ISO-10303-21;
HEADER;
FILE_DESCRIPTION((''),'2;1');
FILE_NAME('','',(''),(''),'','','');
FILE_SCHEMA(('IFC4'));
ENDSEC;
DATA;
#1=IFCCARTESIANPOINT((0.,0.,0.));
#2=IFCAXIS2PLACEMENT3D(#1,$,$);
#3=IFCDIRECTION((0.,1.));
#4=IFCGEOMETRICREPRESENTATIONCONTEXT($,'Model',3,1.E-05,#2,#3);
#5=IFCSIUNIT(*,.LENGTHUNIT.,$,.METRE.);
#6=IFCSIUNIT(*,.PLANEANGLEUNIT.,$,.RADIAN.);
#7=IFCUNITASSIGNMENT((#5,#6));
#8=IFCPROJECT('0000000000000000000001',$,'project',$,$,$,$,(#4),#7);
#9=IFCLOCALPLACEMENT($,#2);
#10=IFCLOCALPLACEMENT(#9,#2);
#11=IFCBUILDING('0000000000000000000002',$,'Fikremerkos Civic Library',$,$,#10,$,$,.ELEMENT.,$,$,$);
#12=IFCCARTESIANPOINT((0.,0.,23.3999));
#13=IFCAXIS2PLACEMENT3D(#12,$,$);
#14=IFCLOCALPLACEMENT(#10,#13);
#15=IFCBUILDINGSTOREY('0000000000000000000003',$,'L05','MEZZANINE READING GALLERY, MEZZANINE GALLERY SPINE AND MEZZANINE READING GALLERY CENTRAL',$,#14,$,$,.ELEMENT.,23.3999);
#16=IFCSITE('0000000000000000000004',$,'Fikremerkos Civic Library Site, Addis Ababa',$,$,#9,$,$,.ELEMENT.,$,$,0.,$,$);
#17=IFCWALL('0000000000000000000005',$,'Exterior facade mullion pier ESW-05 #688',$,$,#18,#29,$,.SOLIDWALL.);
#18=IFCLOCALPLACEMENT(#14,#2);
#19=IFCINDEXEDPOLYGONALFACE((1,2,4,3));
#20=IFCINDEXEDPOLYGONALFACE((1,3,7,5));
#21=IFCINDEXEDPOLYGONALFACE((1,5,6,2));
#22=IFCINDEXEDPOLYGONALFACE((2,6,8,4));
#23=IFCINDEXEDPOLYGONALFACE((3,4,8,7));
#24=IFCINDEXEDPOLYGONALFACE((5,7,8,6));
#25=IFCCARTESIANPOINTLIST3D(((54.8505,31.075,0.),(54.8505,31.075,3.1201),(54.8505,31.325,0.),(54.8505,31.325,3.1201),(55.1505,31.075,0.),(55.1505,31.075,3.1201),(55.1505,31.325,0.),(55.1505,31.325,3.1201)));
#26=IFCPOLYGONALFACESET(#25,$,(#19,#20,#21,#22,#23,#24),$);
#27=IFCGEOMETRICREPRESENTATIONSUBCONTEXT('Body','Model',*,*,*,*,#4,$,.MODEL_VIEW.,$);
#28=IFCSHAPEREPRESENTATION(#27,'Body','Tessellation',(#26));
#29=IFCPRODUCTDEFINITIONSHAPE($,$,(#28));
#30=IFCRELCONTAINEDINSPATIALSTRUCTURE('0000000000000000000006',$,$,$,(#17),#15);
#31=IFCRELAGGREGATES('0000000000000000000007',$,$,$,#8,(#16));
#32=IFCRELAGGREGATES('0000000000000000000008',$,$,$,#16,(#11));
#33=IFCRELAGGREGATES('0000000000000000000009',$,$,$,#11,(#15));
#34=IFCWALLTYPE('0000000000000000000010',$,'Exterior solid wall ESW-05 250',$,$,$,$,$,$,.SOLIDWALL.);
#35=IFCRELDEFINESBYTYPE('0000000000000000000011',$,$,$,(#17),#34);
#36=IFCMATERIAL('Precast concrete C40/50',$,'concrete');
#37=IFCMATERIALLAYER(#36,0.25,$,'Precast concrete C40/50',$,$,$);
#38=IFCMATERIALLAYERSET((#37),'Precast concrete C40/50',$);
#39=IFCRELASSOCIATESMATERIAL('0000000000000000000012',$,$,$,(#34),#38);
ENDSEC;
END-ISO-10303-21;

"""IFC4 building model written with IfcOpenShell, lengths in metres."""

from ifc_helpers import new_model, si_unit, direction, frame, frame_2d, origin, place, context, subcontext, project, spatial, rectangle, extrude, material, layer, layer_set, type_object, element, save


model = new_model("IFC4")

# Units and contexts
model_context = context("Model", 3, precision=1e-05, world=origin(), true_north=direction((0.0, 1.0)))
body_context = subcontext(model_context, "Body", "Model", "MODEL_VIEW")
ifc_project = project(units=[si_unit("LENGTHUNIT", "METRE"), si_unit("PLANEANGLEUNIT", "RADIAN")], contexts=[model_context])

# Site, building, storey
site_placement = place(None, origin())
site = spatial("IfcSite", under=ifc_project, at=site_placement, Name="Fikremerkos Civic Library Site, Addis Ababa", CompositionType="ELEMENT", RefElevation=0.0)
building_placement = place(site_placement, origin())
building = spatial("IfcBuilding", under=site, at=building_placement, Name="Fikremerkos Civic Library", CompositionType="ELEMENT")
storey_placement = place(building_placement, frame((0.0, 0.0, 23.3999)))
storey = spatial("IfcBuildingStorey", under=building, at=storey_placement, Name="L05", Description="MEZZANINE READING GALLERY, MEZZANINE GALLERY SPINE AND MEZZANINE READING GALLERY CENTRAL", CompositionType="ELEMENT", Elevation=23.3999)

# Wall
ifc_material_1 = material(Name="Precast concrete C40/50", Category="concrete")
ifc_layer_1 = layer(ifc_material_1, 0.25, Name="Precast concrete C40/50")
ifc_layer_set_1 = layer_set([ifc_layer_1], Name="Precast concrete C40/50")
wall_type_1 = type_object("IfcWallType", Name="Exterior solid wall ESW-05 250", PredefinedType="SOLIDWALL", material=ifc_layer_set_1)
wall_1_placement = place(storey_placement, frame((54.8506, 31.2, 0.0), z_axis=(0.0, 0.0, 1.0), x_axis=(1.0, 0.0, 0.0)))
element("IfcWall", 1, at=wall_1_placement, inside=storey, type_object=wall_type_1, Name="Exterior facade mullion pier ESW-05 #688", PredefinedType="SOLIDWALL", context=body_context, shape_type="SweptSolid", body=[
    extrude(rectangle(XDim=0.3, YDim=0.25, at=frame_2d((0.1499, 0.0))), origin(), (0.0, 0.0, 1.0), 3.1201),
])

save(model, "model.ifc")
